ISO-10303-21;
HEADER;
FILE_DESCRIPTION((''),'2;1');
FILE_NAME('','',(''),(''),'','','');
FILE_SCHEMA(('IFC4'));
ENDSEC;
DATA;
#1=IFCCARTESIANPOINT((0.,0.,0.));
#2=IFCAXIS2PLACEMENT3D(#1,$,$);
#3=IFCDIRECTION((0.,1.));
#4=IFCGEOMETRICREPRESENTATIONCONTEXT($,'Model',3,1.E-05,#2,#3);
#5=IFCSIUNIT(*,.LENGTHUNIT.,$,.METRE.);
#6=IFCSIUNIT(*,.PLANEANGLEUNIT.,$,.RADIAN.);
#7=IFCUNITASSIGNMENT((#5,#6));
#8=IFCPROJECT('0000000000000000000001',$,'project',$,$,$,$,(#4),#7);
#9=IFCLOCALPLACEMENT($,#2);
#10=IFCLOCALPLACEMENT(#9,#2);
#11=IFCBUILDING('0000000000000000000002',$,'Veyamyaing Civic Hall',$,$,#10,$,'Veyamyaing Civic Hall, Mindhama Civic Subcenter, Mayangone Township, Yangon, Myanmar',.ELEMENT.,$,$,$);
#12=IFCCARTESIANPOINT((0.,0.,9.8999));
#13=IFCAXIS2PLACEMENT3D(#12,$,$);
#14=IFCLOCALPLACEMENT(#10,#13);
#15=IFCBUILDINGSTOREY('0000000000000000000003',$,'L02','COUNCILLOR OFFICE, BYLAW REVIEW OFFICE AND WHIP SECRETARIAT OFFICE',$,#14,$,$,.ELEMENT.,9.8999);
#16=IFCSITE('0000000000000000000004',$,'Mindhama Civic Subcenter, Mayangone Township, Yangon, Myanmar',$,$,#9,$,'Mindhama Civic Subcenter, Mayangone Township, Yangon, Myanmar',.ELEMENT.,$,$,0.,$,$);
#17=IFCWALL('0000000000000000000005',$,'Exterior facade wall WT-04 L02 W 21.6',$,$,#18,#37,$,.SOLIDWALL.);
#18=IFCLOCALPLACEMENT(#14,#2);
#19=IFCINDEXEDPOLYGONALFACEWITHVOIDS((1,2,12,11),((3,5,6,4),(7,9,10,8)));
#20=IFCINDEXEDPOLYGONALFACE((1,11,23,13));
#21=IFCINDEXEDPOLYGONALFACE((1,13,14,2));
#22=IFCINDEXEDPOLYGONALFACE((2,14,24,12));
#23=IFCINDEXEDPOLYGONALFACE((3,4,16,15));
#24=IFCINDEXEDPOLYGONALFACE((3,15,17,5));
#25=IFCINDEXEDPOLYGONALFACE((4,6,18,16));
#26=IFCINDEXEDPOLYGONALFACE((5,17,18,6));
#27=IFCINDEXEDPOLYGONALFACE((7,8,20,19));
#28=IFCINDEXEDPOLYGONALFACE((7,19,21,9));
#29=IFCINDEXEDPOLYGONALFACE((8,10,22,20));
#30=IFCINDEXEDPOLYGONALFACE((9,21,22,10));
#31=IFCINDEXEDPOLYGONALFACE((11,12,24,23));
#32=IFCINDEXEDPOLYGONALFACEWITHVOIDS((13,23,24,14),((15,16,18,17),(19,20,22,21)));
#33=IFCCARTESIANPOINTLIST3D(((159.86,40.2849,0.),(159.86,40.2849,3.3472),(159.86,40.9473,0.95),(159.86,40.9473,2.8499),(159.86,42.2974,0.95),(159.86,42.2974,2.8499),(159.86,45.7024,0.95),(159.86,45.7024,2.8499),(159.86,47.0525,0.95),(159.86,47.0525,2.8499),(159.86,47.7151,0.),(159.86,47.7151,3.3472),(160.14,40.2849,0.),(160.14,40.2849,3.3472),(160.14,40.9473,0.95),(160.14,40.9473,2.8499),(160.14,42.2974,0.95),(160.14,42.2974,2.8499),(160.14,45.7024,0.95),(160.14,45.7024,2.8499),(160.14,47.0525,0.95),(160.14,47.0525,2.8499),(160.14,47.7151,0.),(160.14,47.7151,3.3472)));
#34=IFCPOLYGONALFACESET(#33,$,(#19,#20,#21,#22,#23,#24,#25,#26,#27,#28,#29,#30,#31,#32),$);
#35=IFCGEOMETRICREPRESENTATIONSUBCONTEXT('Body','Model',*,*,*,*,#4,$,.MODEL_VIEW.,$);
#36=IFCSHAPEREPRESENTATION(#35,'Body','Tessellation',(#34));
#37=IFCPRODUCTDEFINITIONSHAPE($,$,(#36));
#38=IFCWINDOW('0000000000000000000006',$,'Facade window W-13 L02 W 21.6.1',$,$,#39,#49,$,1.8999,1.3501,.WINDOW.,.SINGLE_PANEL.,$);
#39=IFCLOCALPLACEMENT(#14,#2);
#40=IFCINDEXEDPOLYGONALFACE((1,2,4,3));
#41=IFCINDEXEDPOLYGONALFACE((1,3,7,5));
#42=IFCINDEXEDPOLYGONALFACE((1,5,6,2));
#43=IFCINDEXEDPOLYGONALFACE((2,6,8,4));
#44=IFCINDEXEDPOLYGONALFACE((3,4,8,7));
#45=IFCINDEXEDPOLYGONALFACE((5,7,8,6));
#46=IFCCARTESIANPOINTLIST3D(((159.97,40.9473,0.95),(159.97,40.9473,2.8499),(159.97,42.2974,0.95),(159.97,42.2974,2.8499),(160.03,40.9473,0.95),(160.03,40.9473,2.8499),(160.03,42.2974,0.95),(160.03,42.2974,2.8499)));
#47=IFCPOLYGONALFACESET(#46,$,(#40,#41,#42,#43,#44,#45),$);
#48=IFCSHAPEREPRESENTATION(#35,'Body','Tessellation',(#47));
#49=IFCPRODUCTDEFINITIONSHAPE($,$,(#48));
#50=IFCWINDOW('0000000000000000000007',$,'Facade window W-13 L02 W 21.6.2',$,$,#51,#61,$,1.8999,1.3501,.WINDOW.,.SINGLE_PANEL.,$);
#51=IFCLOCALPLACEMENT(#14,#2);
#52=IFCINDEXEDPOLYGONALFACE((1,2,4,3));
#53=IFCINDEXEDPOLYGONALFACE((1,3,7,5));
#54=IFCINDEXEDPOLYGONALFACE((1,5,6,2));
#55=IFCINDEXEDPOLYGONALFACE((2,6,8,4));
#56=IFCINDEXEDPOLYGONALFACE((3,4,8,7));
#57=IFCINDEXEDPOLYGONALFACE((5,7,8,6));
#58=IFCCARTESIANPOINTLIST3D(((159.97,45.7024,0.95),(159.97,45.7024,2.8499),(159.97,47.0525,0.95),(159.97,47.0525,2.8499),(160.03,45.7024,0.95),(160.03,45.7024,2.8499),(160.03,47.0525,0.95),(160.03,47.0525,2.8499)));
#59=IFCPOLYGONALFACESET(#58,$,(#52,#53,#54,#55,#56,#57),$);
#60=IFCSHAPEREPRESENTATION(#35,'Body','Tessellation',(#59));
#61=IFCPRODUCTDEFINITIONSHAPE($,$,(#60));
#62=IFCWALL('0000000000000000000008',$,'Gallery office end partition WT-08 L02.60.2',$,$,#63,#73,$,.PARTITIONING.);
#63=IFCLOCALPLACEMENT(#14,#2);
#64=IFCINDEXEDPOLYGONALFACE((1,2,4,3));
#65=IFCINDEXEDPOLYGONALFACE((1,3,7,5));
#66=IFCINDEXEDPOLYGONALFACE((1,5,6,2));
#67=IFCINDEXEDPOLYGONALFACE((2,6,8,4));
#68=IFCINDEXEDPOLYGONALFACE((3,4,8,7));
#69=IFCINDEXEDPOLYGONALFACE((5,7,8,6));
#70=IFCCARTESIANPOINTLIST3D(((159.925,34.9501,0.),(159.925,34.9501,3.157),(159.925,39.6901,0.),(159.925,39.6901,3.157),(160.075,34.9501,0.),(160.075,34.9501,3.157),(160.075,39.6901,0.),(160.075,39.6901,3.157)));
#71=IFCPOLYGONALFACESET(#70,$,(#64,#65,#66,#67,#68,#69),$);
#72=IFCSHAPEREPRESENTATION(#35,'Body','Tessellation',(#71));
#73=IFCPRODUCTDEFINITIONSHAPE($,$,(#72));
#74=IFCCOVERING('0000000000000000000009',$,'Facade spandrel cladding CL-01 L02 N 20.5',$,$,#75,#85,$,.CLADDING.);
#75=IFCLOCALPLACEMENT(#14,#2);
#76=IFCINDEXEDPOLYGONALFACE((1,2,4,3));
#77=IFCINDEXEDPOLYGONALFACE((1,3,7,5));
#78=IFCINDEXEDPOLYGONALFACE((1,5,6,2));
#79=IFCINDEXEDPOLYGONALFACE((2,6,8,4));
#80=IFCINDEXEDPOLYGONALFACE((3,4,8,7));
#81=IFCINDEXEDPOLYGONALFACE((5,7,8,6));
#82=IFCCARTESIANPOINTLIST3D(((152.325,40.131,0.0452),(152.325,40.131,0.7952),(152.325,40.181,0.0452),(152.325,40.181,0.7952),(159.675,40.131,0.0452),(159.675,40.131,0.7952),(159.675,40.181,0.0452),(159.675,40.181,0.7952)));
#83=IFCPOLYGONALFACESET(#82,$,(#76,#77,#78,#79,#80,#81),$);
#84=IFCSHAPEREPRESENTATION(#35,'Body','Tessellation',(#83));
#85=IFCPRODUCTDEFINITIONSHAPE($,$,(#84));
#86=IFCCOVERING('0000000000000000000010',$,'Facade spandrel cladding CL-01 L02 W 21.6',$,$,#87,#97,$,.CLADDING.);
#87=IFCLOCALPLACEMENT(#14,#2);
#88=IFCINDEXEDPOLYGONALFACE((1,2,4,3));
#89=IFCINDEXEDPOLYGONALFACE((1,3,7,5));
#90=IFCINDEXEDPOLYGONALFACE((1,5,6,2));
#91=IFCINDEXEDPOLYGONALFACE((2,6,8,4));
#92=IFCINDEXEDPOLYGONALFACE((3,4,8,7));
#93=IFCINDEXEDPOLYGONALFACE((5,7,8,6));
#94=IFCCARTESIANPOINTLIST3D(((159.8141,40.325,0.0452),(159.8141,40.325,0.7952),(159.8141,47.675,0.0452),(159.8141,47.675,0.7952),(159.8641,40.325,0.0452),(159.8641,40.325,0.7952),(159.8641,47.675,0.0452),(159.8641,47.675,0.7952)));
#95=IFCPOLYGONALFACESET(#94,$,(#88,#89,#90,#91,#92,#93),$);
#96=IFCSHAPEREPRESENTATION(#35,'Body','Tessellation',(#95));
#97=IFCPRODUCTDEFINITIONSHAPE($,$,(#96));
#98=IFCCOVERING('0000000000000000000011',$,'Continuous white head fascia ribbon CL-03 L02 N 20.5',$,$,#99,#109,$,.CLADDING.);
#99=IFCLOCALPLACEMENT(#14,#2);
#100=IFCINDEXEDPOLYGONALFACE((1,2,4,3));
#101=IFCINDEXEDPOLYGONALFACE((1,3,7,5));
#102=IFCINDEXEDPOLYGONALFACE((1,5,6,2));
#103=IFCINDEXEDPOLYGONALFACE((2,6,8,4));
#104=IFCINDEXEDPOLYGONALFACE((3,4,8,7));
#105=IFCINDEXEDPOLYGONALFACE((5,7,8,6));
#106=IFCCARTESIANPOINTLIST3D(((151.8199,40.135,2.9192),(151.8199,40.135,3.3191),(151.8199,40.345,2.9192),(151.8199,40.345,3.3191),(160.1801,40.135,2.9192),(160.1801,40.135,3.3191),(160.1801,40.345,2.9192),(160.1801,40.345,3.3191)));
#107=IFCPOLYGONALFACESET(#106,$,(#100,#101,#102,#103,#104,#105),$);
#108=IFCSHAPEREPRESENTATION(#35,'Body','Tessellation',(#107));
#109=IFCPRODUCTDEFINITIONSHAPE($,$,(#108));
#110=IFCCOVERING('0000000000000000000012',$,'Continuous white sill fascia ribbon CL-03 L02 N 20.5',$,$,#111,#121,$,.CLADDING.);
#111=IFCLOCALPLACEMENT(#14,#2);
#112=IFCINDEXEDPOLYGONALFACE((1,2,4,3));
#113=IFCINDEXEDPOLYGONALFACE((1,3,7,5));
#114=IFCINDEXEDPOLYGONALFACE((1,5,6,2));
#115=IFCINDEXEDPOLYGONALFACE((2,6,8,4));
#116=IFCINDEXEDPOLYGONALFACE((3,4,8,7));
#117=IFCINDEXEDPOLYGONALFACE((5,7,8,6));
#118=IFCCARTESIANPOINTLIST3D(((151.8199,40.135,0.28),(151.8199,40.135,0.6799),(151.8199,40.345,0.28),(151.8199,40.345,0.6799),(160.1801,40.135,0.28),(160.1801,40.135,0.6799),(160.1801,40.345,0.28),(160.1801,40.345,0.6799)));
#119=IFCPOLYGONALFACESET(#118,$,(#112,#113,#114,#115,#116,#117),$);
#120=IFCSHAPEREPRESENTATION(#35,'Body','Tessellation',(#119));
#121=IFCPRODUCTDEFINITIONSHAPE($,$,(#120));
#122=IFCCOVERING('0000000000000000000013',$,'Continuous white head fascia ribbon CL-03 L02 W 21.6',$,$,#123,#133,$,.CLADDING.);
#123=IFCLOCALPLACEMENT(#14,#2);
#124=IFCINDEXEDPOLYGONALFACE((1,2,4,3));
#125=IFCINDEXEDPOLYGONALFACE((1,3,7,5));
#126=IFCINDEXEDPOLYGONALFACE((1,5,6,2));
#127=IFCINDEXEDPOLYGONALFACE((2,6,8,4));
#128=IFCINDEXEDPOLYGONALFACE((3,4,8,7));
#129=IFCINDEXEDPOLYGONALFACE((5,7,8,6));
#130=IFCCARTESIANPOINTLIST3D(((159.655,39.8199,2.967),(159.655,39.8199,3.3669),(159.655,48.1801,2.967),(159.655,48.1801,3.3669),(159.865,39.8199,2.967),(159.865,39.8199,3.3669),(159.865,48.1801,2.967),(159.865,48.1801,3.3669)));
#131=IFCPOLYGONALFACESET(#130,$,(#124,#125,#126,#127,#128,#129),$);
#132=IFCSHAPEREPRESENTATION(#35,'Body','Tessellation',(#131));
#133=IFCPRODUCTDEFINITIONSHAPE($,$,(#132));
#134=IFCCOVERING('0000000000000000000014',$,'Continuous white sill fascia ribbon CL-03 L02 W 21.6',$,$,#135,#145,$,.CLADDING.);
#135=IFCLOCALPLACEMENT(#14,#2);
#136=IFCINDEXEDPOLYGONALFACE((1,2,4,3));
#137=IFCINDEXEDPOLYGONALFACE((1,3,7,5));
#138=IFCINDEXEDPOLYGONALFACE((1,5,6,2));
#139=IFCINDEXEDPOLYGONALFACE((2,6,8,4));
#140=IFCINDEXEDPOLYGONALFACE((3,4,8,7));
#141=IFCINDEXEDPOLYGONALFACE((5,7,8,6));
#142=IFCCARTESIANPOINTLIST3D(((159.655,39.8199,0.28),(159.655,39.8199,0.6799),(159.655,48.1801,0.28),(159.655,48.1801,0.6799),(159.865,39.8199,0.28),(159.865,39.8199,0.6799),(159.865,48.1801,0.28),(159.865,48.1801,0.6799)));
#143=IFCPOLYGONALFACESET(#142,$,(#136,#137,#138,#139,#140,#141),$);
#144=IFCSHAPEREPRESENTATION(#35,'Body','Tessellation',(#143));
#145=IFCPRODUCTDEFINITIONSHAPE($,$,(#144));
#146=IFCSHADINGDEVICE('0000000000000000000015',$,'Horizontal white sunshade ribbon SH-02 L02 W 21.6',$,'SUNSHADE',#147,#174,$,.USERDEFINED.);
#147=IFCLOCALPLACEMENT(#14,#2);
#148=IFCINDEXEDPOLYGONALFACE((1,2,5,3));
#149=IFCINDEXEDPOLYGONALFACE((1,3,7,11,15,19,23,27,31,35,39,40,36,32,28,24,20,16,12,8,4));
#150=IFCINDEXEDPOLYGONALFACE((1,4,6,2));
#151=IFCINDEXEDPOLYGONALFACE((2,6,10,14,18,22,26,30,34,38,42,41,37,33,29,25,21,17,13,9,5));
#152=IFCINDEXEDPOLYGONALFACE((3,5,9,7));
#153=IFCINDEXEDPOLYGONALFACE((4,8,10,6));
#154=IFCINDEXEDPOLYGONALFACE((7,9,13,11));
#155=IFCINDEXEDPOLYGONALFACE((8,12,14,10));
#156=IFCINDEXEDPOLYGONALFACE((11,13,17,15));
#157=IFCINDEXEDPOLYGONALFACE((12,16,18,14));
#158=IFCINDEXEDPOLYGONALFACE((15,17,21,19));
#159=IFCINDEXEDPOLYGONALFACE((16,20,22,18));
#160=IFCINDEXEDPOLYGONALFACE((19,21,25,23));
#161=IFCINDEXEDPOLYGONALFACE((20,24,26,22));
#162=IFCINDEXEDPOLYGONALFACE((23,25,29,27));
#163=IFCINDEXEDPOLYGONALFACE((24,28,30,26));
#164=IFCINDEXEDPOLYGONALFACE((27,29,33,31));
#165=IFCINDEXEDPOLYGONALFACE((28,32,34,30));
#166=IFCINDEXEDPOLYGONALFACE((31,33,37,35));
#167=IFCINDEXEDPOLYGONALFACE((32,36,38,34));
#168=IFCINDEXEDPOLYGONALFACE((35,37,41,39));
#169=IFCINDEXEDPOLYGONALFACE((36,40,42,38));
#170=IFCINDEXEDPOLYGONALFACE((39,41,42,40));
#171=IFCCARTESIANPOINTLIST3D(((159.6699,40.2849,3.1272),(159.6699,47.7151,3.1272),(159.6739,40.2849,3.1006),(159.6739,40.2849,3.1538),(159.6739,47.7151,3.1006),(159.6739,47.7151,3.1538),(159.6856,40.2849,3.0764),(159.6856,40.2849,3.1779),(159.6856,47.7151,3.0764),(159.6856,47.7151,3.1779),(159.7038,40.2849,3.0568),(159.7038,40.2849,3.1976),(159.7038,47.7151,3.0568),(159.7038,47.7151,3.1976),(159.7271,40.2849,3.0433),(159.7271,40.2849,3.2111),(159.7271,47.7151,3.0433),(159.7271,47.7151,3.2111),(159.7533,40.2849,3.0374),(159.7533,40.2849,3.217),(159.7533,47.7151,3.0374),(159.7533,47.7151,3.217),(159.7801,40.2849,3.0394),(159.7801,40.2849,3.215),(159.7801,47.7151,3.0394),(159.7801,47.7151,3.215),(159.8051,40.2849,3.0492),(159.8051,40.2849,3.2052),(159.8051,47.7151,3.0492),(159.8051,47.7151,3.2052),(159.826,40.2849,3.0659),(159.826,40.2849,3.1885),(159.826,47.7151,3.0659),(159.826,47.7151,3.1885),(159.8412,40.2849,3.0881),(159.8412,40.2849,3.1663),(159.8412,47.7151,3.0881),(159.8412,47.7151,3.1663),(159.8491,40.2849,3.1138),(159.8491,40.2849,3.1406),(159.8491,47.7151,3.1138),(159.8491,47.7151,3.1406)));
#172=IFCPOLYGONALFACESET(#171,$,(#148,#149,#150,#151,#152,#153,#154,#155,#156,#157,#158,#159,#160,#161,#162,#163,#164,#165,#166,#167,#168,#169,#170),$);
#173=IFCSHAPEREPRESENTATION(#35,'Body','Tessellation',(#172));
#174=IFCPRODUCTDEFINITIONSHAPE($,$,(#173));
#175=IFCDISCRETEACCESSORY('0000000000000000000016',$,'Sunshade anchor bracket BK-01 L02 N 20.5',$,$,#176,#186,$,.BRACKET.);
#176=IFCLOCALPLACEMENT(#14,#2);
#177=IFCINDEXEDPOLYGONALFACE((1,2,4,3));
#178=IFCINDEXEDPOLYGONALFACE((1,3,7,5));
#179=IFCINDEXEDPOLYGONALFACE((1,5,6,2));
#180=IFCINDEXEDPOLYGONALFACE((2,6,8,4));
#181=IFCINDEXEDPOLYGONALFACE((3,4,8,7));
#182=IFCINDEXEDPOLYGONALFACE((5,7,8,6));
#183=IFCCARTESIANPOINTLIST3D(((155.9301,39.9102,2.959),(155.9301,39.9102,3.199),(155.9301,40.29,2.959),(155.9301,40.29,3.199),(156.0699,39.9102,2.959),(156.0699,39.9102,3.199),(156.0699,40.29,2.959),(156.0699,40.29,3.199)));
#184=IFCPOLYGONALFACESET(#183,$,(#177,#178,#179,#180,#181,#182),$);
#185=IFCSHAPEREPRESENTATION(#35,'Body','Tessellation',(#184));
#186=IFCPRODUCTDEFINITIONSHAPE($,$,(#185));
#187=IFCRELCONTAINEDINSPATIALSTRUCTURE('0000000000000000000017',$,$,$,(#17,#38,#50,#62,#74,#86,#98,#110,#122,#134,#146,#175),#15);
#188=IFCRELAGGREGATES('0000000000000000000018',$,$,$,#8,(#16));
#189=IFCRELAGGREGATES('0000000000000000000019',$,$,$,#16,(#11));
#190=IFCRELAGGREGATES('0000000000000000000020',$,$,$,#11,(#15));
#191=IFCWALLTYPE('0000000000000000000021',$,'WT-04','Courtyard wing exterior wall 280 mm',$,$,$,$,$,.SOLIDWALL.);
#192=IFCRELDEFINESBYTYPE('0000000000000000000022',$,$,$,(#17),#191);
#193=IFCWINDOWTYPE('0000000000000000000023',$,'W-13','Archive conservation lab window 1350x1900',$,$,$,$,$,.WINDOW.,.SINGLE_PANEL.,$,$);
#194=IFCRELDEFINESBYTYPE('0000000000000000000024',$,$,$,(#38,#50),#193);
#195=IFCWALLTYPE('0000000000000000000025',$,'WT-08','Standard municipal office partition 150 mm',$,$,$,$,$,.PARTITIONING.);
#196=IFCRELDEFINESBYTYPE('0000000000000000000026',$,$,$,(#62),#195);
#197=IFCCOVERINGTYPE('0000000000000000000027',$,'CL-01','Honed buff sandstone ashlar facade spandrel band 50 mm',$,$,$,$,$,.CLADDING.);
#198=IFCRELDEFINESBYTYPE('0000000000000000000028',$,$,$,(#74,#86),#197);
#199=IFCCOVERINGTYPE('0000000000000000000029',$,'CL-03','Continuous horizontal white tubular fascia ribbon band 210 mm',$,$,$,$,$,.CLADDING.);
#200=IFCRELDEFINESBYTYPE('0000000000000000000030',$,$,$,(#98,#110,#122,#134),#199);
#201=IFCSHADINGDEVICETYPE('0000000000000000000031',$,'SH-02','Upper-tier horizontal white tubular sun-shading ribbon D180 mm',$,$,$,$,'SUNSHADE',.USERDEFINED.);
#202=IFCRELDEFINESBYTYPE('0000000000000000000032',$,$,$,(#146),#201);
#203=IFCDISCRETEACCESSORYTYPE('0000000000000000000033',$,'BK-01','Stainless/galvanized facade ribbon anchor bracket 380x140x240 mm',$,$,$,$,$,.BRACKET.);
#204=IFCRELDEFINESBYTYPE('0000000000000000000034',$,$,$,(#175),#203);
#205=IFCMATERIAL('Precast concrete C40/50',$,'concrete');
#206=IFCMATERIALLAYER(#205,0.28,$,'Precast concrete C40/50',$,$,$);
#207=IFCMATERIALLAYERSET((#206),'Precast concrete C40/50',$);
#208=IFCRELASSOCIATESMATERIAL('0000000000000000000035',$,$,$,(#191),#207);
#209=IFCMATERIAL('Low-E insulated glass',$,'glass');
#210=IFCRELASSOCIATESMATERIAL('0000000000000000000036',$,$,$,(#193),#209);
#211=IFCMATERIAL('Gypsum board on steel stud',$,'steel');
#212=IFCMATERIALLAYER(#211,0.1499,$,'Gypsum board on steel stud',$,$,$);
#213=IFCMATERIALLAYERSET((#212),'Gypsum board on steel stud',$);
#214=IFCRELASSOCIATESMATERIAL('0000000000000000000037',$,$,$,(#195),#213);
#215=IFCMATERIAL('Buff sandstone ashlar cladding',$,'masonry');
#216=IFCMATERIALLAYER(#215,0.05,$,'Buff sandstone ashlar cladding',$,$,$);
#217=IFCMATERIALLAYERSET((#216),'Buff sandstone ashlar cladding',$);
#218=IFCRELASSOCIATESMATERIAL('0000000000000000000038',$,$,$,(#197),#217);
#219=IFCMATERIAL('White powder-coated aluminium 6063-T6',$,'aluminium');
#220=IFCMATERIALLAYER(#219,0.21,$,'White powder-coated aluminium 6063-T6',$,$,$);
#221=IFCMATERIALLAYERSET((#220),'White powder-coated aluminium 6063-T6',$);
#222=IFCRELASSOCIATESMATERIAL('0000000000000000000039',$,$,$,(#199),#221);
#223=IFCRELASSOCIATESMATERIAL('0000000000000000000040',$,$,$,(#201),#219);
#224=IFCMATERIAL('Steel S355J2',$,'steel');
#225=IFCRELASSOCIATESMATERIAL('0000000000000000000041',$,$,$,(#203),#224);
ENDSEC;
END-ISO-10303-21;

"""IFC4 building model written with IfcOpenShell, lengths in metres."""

from ifc_helpers import new_model, si_unit, direction, frame, frame_2d, origin, origin_2d, place, context, subcontext, project, spatial, rectangle, circle, extrude, material, layer, layer_set, material_profile, profile_set, type_object, element, fill, save


model = new_model("IFC4")

# Units and contexts
model_context = context("Model", 3, precision=1e-05, world=origin(), true_north=direction((0.0, 1.0)))
body_context = subcontext(model_context, "Body", "Model", "MODEL_VIEW")
ifc_project = project(units=[si_unit("LENGTHUNIT", "METRE"), si_unit("PLANEANGLEUNIT", "RADIAN")], contexts=[model_context])

# Site, building, storey
site_placement = place(None, origin())
site = spatial("IfcSite", under=ifc_project, at=site_placement, Name="Mindhama Civic Subcenter, Mayangone Township, Yangon, Myanmar", LongName="Mindhama Civic Subcenter, Mayangone Township, Yangon, Myanmar", CompositionType="ELEMENT", RefElevation=0.0)
building_placement = place(site_placement, origin())
building = spatial("IfcBuilding", under=site, at=building_placement, Name="Veyamyaing Civic Hall", LongName="Veyamyaing Civic Hall, Mindhama Civic Subcenter, Mayangone Township, Yangon, Myanmar", CompositionType="ELEMENT")
storey_placement = place(building_placement, frame((0.0, 0.0, 9.8999)))
storey = spatial("IfcBuildingStorey", under=building, at=storey_placement, Name="L02", Description="COUNCILLOR OFFICE, BYLAW REVIEW OFFICE AND WHIP SECRETARIAT OFFICE", CompositionType="ELEMENT", Elevation=9.8999)

# Wall, openings, windows
ifc_material_1 = material(Name="Precast concrete C40/50", Category="concrete")
ifc_layer_1 = layer(ifc_material_1, 0.28, Name="Precast concrete C40/50")
ifc_layer_set_1 = layer_set([ifc_layer_1], Name="Precast concrete C40/50")
wall_type_1 = type_object("IfcWallType", Name="WT-04", Description="Courtyard wing exterior wall 280 mm", PredefinedType="SOLIDWALL", material=ifc_layer_set_1)
wall_1_placement = place(storey_placement, frame((160.0, 40.2849, 0.0), z_axis=(0.0, 0.0, 1.0), x_axis=(0.0, 1.0, 0.0)))
wall_1 = element("IfcWall", 1, at=wall_1_placement, inside=storey, type_object=wall_type_1, Name="Exterior facade wall WT-04 L02 W 21.6", PredefinedType="SOLIDWALL", context=body_context, shape_type="SweptSolid", body=[
    extrude(rectangle(XDim=7.4302, YDim=0.28, at=frame_2d((3.7151, 0.0))), origin(), (0.0, 0.0, 1.0), 3.3472),
])
opening_1_placement = place(wall_1_placement, frame((0.6624, 0.0, 0.95)))
opening_1 = element("IfcOpeningElement", 2, at=opening_1_placement, cuts=wall_1, PredefinedType="OPENING", context=body_context, shape_type="SweptSolid", body=[
    extrude(rectangle(XDim=1.3501, YDim=1.8999, at=frame_2d((0.675, 0.95))), frame((0.0, 0.1499, 0.0), z_axis=(0.0, -1.0, 0.0), x_axis=(1.0, 0.0, 0.0)), (0.0, 0.0, 1.0), 0.3),
])
opening_2_placement = place(wall_1_placement, frame((5.4175, 0.0, 0.95)))
opening_2 = element("IfcOpeningElement", 3, at=opening_2_placement, cuts=wall_1, PredefinedType="OPENING", context=body_context, shape_type="SweptSolid", body=[
    extrude(rectangle(XDim=1.3501, YDim=1.8999, at=frame_2d((0.675, 0.95))), frame((0.0, 0.1499, 0.0), z_axis=(0.0, -1.0, 0.0), x_axis=(1.0, 0.0, 0.0)), (0.0, 0.0, 1.0), 0.3),
])
ifc_material_2 = material(Name="Low-E insulated glass", Category="glass")
window_type = type_object("IfcWindowType", Name="W-13", Description="Archive conservation lab window 1350x1900", PartitioningType="SINGLE_PANEL", PredefinedType="WINDOW", material=ifc_material_2)
window_1_placement = place(opening_1_placement, origin())
window_1 = element("IfcWindow", 4, at=window_1_placement, inside=storey, type_object=window_type, Name="Facade window W-13 L02 W 21.6.1", OverallHeight=1.8999, OverallWidth=1.3501, PartitioningType="SINGLE_PANEL", PredefinedType="WINDOW", context=body_context, shape_type="SweptSolid", body=[
    extrude(rectangle(XDim=1.3501, YDim=1.8999, at=frame_2d((0.675, 0.95))), frame((0.0, 0.03, 0.0), z_axis=(0.0, -1.0, 0.0), x_axis=(1.0, 0.0, 0.0)), (0.0, 0.0, 1.0), 0.0601),
])
fill(opening_1, window_1)
window_2_placement = place(opening_2_placement, origin())
window_2 = element("IfcWindow", 5, at=window_2_placement, inside=storey, type_object=window_type, Name="Facade window W-13 L02 W 21.6.2", OverallHeight=1.8999, OverallWidth=1.3501, PartitioningType="SINGLE_PANEL", PredefinedType="WINDOW", context=body_context, shape_type="SweptSolid", body=[
    extrude(rectangle(XDim=1.3501, YDim=1.8999, at=frame_2d((0.675, 0.95))), frame((0.0, 0.03, 0.0), z_axis=(0.0, -1.0, 0.0), x_axis=(1.0, 0.0, 0.0)), (0.0, 0.0, 1.0), 0.0601),
])
fill(opening_2, window_2)

# Wall
ifc_material_3 = material(Name="Gypsum board on steel stud", Category="steel")
ifc_layer_2 = layer(ifc_material_3, 0.1499, Name="Gypsum board on steel stud")
ifc_layer_set_2 = layer_set([ifc_layer_2], Name="Gypsum board on steel stud")
wall_type_2 = type_object("IfcWallType", Name="WT-08", Description="Standard municipal office partition 150 mm", PredefinedType="PARTITIONING", material=ifc_layer_set_2)
wall_2_placement = place(storey_placement, frame((160.0, 34.95, 0.0), z_axis=(0.0, 0.0, 1.0), x_axis=(0.0, 1.0, 0.0)))
element("IfcWall", 6, at=wall_2_placement, inside=storey, type_object=wall_type_2, Name="Gallery office end partition WT-08 L02.60.2", PredefinedType="PARTITIONING", context=body_context, shape_type="SweptSolid", body=[
    extrude(rectangle(XDim=4.74, YDim=0.1499, at=frame_2d((2.3701, 0.0))), origin(), (0.0, 0.0, 1.0), 3.157),
])

# Coverings
ifc_material_4 = material(Name="Buff sandstone ashlar cladding", Category="masonry")
ifc_layer_3 = layer(ifc_material_4, 0.05, Name="Buff sandstone ashlar cladding")
ifc_layer_set_3 = layer_set([ifc_layer_3], Name="Buff sandstone ashlar cladding")
covering_type_1 = type_object("IfcCoveringType", Name="CL-01", Description="Honed buff sandstone ashlar facade spandrel band 50 mm", PredefinedType="CLADDING", material=ifc_layer_set_3)
for number, where, z_axis, x_axis, name in (
    (7, (156.0, 40.156, 0.0452), (0.0, 0.0, 1.0), (1.0, 0.0, 0.0), "Facade spandrel cladding CL-01 L02 N 20.5"),
    (8, (159.8391, 44.0, 0.0452), (0.0, 0.0, 1.0), (0.0, 1.0, 0.0), "Facade spandrel cladding CL-01 L02 W 21.6"),
):
    element("IfcCovering", number, at=place(storey_placement, frame(where, z_axis=z_axis, x_axis=x_axis)), inside=storey, type_object=covering_type_1, Name=name, PredefinedType="CLADDING", context=body_context, shape_type="SweptSolid", body=[
        extrude(rectangle(XDim=7.3501, YDim=0.05, at=origin_2d()), origin(), (0.0, 0.0, 1.0), 0.75),
    ])
ifc_material_5 = material(Name="White powder-coated aluminium 6063-T6", Category="aluminium")
ifc_layer_4 = layer(ifc_material_5, 0.21, Name="White powder-coated aluminium 6063-T6")
ifc_layer_set_4 = layer_set([ifc_layer_4], Name="White powder-coated aluminium 6063-T6")
covering_type_2 = type_object("IfcCoveringType", Name="CL-03", Description="Continuous horizontal white tubular fascia ribbon band 210 mm", PredefinedType="CLADDING", material=ifc_layer_set_4)
for number, where, z_axis, x_axis, name in (
    (9, (156.0, 40.24, 2.9192), (0.0, 0.0, 1.0), (1.0, 0.0, 0.0), "Continuous white head fascia ribbon CL-03 L02 N 20.5"),
    (10, (156.0, 40.24, 0.28), (0.0, 0.0, 1.0), (1.0, 0.0, 0.0), "Continuous white sill fascia ribbon CL-03 L02 N 20.5"),
    (11, (159.76, 44.0, 2.967), (0.0, 0.0, 1.0), (0.0, 1.0, 0.0), "Continuous white head fascia ribbon CL-03 L02 W 21.6"),
    (12, (159.76, 44.0, 0.28), (0.0, 0.0, 1.0), (0.0, 1.0, 0.0), "Continuous white sill fascia ribbon CL-03 L02 W 21.6"),
):
    element("IfcCovering", number, at=place(storey_placement, frame(where, z_axis=z_axis, x_axis=x_axis)), inside=storey, type_object=covering_type_2, Name=name, PredefinedType="CLADDING", context=body_context, shape_type="SweptSolid", body=[
        extrude(rectangle(XDim=8.3601, YDim=0.21, at=origin_2d()), origin(), (0.0, 0.0, 1.0), 0.3999),
    ])

# Shading device
ifc_material_profile_1 = material_profile(ifc_material_5, circle(Radius=0.0901, at=origin_2d()), Name="SHADE-TUBE-180")
ifc_profile_set_1 = profile_set([ifc_material_profile_1], Name="White powder-coated aluminium 6063-T6")
shading_device_type = type_object("IfcShadingDeviceType", Name="SH-02", Description="Upper-tier horizontal white tubular sun-shading ribbon D180 mm", ElementType="SUNSHADE", PredefinedType="USERDEFINED", material=ifc_profile_set_1)
shading_device_placement = place(storey_placement, frame((159.76, 40.2849, 3.1272), z_axis=(0.0, 1.0, 0.0), x_axis=(-1.0, 0.0, 0.0)))
element("IfcShadingDevice", 13, at=shading_device_placement, inside=storey, type_object=shading_device_type, Name="Horizontal white sunshade ribbon SH-02 L02 W 21.6", ObjectType="SUNSHADE", PredefinedType="USERDEFINED", context=body_context, shape_type="SweptSolid", body=[
    extrude(circle(Radius=0.0901, at=origin_2d()), origin(), (0.0, 0.0, 1.0), 7.4302),
])

# Discrete accessory
ifc_material_6 = material(Name="Steel S355J2", Category="steel")
discrete_accessory_type = type_object("IfcDiscreteAccessoryType", Name="BK-01", Description="Stainless/galvanized facade ribbon anchor bracket 380x140x240 mm", PredefinedType="BRACKET", material=ifc_material_6)
for number, where, z_axis, x_axis, name in (
    (14, (156.0, 40.1001, 2.959), (0.0, 0.0, 1.0), (0.0, 1.0, 0.0), "Sunshade anchor bracket BK-01 L02 N 20.5"),
):
    element("IfcDiscreteAccessory", number, at=place(storey_placement, frame(where, z_axis=z_axis, x_axis=x_axis)), inside=storey, type_object=discrete_accessory_type, Name=name, PredefinedType="BRACKET", context=body_context, shape_type="SweptSolid", body=[
        extrude(rectangle(XDim=0.3799, YDim=0.1399, at=origin_2d()), origin(), (0.0, 0.0, 1.0), 0.24),
    ])

save(model, "model.ifc")
